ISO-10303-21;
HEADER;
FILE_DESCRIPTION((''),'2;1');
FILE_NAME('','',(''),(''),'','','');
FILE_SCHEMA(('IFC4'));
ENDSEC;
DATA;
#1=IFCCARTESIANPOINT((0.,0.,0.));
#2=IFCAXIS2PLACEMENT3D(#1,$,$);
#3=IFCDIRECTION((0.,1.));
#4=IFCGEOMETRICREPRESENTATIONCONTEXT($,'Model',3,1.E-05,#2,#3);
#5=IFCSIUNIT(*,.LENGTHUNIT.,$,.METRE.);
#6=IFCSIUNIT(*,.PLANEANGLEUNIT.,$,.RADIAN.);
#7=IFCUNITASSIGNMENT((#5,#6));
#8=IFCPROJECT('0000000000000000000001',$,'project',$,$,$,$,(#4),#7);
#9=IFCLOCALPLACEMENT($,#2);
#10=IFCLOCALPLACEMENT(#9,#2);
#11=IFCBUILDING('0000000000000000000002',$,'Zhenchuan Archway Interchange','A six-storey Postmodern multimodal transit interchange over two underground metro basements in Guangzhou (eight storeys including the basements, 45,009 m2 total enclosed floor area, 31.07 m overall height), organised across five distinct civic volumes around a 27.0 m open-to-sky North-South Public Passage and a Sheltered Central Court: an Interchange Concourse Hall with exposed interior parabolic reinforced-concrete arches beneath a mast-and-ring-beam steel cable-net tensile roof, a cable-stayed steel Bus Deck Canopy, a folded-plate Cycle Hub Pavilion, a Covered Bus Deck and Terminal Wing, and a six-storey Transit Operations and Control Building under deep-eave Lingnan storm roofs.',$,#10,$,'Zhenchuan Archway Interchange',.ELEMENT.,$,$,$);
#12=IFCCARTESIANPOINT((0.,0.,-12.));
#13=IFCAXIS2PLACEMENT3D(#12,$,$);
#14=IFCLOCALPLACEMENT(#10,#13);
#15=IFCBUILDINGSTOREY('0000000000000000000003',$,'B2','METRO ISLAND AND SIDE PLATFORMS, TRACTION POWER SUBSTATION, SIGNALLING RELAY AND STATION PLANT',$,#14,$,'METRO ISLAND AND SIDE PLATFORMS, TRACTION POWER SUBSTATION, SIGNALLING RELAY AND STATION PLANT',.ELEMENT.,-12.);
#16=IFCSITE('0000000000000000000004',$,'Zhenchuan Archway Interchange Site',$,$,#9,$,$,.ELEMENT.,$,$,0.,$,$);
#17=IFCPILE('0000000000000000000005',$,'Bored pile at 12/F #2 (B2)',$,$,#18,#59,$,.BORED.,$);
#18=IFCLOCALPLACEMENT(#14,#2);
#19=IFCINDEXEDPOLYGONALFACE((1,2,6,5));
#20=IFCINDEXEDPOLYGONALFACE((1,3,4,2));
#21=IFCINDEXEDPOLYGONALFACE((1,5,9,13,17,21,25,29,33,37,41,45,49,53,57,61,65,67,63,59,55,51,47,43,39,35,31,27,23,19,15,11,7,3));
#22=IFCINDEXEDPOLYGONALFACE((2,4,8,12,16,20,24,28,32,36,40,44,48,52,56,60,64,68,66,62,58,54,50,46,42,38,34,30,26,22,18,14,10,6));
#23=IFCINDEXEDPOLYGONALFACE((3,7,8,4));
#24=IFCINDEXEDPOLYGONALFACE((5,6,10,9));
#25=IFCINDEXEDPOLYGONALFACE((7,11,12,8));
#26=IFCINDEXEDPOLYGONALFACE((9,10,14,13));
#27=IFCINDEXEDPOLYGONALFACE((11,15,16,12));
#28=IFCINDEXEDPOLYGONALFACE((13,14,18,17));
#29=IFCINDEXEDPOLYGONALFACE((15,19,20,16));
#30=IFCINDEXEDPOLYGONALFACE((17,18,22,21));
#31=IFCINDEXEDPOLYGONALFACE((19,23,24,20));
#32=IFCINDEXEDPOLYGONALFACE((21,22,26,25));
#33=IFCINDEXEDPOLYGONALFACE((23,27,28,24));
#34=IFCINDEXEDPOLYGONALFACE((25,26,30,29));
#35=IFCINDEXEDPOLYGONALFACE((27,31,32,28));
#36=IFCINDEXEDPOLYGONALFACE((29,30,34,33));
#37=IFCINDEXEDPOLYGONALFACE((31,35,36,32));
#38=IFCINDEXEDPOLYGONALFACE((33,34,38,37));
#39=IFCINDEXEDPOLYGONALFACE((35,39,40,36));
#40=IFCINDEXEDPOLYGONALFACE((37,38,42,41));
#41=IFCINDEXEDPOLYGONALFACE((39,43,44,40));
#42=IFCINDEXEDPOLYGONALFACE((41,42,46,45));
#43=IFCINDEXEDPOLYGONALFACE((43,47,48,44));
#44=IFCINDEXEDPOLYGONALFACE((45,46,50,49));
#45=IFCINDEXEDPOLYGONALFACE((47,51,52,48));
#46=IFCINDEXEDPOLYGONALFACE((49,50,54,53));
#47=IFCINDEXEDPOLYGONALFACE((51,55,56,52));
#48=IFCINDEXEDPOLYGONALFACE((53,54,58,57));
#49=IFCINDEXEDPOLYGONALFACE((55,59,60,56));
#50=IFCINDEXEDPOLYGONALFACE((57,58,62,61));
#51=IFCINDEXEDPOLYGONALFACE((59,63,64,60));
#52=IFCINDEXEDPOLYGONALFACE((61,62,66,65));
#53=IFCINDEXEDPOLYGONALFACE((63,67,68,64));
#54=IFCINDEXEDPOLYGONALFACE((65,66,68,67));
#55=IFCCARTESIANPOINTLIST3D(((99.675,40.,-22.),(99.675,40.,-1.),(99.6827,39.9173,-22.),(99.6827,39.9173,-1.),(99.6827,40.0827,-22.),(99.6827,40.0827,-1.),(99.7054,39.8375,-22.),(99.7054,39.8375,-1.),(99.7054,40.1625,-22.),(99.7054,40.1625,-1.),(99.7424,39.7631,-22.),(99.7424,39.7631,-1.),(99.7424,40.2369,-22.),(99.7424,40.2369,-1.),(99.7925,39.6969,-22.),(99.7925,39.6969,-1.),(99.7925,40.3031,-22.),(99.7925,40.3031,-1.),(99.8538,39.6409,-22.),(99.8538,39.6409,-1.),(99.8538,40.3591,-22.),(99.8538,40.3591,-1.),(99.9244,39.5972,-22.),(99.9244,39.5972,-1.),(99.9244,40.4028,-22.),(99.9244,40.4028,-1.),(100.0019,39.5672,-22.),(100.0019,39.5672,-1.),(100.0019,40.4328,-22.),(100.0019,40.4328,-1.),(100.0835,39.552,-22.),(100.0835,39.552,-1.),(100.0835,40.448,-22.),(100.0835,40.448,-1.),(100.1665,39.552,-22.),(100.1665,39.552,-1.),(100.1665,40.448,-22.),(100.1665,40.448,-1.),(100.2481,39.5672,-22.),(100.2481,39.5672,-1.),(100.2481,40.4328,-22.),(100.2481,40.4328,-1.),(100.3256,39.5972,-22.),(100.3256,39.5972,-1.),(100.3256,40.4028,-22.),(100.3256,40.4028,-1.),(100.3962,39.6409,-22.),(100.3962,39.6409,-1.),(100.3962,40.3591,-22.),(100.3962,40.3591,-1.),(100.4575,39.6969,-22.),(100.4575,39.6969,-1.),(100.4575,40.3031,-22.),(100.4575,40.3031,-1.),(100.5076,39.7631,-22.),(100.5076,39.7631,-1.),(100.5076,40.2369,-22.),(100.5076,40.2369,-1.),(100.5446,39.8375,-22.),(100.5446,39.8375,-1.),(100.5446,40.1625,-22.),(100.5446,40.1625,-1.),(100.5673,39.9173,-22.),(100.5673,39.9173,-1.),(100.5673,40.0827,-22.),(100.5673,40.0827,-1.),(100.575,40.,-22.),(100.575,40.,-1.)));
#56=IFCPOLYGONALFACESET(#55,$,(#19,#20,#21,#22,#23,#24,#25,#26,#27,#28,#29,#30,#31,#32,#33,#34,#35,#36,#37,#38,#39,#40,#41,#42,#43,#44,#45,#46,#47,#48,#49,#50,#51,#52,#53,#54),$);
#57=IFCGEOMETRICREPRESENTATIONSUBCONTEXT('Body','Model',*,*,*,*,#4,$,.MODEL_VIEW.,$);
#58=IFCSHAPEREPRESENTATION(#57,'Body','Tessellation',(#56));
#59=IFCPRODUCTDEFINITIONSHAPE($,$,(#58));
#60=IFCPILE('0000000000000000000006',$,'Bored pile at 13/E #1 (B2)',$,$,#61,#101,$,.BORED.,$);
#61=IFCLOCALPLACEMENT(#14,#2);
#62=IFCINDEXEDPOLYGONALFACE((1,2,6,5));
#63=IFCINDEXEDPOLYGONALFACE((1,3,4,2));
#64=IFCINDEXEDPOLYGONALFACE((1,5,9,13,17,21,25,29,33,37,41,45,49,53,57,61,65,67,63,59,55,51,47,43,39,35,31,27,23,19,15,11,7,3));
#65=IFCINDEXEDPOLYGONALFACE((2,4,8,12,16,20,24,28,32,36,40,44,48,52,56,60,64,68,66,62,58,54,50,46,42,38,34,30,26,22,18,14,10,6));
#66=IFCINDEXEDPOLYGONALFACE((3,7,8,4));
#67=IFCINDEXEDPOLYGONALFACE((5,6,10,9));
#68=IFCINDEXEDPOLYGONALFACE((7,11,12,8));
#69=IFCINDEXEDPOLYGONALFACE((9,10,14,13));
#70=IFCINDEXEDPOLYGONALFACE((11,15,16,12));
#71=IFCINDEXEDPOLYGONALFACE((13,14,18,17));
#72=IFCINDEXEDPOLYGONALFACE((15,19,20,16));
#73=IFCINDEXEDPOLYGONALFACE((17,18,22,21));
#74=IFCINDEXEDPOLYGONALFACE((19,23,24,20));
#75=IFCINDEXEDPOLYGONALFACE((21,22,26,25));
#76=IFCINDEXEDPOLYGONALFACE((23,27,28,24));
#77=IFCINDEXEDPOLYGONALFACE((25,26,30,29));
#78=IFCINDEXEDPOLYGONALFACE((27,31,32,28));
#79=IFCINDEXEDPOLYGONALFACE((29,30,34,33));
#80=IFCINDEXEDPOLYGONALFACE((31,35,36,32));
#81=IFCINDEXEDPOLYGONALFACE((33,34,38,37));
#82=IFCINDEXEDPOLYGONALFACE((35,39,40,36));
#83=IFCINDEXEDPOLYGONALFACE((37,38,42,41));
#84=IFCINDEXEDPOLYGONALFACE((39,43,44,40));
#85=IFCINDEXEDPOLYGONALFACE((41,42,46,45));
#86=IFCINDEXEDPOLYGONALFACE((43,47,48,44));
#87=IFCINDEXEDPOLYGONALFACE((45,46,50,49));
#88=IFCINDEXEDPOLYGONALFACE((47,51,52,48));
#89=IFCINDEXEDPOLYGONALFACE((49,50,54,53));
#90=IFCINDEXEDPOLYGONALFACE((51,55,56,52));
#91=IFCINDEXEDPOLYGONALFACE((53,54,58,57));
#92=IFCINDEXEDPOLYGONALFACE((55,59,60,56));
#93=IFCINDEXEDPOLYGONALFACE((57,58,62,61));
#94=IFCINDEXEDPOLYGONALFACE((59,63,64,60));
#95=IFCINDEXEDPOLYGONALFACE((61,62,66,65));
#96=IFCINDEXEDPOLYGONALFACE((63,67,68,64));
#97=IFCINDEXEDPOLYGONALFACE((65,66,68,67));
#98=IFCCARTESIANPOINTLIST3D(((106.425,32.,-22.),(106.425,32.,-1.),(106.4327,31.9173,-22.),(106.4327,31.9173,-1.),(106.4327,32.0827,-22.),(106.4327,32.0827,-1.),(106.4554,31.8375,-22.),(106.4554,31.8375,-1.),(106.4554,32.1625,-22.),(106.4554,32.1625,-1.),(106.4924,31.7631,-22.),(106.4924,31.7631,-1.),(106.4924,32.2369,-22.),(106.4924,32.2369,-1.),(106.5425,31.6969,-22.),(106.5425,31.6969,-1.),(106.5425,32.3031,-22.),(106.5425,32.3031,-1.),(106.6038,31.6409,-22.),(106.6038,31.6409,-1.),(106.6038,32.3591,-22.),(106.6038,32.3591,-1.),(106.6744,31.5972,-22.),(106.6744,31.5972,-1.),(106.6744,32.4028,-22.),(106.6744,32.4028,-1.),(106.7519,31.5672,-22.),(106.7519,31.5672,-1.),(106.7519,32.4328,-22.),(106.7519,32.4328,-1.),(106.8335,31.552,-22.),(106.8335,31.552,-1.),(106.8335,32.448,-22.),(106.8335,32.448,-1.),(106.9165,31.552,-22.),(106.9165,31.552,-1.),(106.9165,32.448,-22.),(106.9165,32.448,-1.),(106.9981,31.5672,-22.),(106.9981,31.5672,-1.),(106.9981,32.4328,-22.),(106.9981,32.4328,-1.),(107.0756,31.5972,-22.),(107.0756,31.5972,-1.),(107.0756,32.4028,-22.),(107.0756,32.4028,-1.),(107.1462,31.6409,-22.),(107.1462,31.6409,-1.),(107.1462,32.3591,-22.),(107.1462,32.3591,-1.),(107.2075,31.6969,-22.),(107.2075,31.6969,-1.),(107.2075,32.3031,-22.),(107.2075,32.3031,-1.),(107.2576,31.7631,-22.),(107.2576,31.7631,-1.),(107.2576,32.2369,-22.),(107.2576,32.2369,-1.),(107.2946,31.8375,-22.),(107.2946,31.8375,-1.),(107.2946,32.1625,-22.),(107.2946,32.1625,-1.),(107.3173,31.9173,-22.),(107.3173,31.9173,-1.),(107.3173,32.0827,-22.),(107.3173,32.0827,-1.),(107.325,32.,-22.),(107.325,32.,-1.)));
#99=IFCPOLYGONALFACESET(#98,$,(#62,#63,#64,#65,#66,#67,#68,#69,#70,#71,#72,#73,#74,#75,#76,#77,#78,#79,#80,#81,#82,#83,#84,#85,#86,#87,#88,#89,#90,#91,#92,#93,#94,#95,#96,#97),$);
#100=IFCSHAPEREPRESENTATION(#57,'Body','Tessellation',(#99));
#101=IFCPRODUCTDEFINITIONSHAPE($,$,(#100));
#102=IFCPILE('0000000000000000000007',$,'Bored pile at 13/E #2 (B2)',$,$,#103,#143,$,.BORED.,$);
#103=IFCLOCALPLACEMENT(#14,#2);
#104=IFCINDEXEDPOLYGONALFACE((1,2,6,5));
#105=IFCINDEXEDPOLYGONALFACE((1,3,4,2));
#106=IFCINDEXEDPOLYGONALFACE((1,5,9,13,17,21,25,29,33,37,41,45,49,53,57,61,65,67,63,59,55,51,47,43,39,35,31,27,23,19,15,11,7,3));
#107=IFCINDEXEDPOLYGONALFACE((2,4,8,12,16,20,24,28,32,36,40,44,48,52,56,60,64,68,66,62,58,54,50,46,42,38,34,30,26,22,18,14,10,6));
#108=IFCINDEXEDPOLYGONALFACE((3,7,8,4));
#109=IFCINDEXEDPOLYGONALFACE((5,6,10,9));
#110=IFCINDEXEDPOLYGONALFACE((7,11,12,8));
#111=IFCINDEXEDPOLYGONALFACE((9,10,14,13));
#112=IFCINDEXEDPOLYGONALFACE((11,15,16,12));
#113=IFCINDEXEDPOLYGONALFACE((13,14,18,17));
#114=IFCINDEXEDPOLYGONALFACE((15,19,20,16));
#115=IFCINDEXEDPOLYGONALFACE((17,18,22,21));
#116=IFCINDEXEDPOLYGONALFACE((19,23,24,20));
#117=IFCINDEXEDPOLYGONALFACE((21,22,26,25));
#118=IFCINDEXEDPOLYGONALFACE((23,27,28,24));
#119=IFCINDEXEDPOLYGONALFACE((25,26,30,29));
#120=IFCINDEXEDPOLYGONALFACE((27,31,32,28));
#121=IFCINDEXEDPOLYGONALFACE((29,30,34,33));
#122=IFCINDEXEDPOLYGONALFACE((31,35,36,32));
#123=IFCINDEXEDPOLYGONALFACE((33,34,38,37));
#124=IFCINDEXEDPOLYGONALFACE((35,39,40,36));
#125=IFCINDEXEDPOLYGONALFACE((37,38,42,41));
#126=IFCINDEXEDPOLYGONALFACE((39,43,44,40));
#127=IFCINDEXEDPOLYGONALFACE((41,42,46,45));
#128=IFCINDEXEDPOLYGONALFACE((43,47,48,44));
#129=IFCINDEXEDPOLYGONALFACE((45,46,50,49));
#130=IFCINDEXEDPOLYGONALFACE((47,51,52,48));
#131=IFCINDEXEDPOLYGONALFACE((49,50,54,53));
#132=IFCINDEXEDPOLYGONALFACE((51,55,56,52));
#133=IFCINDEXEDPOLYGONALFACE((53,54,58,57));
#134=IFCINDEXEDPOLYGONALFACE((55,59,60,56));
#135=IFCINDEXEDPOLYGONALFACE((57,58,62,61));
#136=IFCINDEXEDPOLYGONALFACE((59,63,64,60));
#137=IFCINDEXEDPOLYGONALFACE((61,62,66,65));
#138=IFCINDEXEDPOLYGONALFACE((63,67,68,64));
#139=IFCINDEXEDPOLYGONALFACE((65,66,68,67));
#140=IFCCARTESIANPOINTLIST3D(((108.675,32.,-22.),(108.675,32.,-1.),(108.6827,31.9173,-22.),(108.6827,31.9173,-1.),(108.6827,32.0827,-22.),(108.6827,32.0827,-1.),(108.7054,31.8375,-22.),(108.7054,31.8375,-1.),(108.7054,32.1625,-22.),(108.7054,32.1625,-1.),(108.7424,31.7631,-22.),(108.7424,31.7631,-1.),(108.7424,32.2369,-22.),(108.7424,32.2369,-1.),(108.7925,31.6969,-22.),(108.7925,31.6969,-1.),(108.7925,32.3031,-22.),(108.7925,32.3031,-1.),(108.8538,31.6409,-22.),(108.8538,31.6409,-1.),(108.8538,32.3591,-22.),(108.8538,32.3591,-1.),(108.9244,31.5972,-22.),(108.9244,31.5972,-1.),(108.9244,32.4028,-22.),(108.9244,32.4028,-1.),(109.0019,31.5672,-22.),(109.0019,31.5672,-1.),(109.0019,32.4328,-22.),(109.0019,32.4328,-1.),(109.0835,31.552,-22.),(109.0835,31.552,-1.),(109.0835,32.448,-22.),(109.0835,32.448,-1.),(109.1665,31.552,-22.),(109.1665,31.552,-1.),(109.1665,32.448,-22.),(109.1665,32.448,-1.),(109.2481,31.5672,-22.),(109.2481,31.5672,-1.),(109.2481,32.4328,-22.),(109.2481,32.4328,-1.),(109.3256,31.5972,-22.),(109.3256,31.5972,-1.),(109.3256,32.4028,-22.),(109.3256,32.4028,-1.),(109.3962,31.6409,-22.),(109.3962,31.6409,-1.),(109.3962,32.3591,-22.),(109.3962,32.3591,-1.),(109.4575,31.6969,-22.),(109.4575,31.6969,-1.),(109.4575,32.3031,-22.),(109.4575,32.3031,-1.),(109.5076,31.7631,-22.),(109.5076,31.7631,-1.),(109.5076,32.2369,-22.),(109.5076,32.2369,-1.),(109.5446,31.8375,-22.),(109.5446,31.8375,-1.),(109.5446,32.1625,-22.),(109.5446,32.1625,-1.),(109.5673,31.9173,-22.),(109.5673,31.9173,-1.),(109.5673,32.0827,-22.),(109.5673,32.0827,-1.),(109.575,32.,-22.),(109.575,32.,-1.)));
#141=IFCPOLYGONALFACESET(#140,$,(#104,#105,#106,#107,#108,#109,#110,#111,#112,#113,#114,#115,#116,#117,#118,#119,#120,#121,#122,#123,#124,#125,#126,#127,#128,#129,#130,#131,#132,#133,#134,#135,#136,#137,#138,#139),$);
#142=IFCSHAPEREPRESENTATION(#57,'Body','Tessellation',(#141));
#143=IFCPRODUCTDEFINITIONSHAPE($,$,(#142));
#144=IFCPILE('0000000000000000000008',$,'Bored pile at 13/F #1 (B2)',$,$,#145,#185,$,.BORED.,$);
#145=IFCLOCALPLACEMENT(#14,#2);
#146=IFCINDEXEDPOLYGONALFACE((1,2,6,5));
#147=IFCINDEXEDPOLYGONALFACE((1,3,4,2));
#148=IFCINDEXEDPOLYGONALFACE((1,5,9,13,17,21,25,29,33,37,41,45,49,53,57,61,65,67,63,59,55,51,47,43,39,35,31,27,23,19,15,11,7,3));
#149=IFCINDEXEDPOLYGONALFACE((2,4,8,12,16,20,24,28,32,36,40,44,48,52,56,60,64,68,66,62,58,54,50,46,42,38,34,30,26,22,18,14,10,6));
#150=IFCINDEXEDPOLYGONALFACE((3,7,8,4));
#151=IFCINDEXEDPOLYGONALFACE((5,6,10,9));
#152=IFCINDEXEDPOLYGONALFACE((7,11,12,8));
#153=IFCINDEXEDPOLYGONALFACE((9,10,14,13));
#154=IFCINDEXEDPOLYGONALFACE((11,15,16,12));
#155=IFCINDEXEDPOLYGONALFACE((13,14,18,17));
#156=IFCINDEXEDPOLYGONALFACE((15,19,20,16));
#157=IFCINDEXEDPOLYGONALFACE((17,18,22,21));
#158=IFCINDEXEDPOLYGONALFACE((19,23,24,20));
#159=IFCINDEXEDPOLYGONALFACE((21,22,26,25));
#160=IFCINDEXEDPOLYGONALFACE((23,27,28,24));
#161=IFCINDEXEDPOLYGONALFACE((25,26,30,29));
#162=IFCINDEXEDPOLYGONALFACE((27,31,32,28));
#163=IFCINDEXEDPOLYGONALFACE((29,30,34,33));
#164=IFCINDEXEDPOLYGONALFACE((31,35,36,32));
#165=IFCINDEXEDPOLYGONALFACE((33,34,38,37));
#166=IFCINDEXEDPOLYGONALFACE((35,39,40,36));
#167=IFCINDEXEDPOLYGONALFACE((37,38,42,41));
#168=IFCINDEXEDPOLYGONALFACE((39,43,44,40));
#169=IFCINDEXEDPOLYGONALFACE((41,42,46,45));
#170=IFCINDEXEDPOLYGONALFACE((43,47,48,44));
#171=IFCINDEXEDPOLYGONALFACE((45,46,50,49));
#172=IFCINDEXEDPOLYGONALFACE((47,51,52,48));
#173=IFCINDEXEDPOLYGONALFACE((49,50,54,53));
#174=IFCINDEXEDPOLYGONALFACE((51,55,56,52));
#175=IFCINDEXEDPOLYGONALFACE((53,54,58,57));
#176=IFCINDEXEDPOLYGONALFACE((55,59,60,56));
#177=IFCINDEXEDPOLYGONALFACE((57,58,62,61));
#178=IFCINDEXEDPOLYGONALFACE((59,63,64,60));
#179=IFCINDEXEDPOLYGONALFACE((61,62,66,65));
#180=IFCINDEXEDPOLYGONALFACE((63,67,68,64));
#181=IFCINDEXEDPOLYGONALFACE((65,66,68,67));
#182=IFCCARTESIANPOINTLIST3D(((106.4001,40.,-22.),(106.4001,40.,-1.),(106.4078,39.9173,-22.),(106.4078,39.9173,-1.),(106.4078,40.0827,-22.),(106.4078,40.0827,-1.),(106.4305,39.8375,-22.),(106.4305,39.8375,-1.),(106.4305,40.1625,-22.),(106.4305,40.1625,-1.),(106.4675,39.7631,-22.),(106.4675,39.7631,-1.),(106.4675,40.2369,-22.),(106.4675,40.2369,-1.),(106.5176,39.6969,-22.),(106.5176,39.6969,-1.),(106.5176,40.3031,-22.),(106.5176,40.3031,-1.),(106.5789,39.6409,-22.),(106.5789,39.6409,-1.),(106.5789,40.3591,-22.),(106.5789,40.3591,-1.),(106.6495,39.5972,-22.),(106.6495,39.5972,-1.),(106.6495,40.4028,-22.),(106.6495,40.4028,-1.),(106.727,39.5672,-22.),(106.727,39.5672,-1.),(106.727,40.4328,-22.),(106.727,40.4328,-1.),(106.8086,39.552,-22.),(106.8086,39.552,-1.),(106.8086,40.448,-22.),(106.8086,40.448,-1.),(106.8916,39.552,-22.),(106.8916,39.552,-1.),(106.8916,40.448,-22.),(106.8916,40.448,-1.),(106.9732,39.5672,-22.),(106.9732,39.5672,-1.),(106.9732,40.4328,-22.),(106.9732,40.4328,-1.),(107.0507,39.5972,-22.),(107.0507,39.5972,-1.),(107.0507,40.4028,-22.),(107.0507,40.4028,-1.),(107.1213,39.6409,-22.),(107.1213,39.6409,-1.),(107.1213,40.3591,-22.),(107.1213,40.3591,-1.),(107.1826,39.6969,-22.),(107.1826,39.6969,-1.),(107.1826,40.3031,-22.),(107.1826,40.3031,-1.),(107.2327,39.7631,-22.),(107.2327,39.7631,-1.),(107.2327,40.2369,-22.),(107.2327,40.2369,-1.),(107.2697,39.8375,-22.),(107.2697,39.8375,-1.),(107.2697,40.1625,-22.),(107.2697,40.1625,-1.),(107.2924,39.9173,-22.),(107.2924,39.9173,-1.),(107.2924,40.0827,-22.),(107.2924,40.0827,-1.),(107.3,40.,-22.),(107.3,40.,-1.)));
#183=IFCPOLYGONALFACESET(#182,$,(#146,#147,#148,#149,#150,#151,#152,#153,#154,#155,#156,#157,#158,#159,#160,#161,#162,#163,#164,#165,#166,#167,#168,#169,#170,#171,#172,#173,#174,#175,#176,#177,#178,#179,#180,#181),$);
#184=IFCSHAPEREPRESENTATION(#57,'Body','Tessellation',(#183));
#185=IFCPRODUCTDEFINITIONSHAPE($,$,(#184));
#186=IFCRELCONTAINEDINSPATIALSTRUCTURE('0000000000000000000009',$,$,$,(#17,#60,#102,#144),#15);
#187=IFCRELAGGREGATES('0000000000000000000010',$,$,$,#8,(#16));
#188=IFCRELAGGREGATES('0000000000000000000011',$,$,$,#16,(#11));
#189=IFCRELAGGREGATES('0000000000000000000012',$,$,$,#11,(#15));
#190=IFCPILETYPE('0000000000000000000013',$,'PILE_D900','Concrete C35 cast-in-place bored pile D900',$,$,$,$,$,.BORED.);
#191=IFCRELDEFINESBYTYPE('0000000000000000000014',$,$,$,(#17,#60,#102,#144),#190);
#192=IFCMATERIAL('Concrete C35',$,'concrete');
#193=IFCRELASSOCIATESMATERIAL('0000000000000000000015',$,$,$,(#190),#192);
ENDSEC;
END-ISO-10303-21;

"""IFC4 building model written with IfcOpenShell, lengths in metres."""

from ifc_helpers import new_model, si_unit, direction, frame, origin, origin_2d, place, context, subcontext, project, spatial, circle, extrude, material, material_profile, profile_set, type_object, element, save


model = new_model("IFC4")

# Units and contexts
model_context = context("Model", 3, precision=1e-05, world=origin(), true_north=direction((0.0, 1.0)))
body_context = subcontext(model_context, "Body", "Model", "MODEL_VIEW")
ifc_project = project(units=[si_unit("LENGTHUNIT", "METRE"), si_unit("PLANEANGLEUNIT", "RADIAN")], contexts=[model_context])

# Site, building, storey
site_placement = place(None, origin())
site = spatial("IfcSite", under=ifc_project, at=site_placement, Name="Zhenchuan Archway Interchange Site", CompositionType="ELEMENT", RefElevation=0.0)
building_placement = place(site_placement, origin())
building = spatial("IfcBuilding", under=site, at=building_placement, Name="Zhenchuan Archway Interchange", Description="A six-storey Postmodern multimodal transit interchange over two underground metro basements in Guangzhou (eight storeys including the basements, 45,009 m2 total enclosed floor area, 31.07 m overall height), organised across five distinct civic volumes around a 27.0 m open-to-sky North-South Public Passage and a Sheltered Central Court: an Interchange Concourse Hall with exposed interior parabolic reinforced-concrete arches beneath a mast-and-ring-beam steel cable-net tensile roof, a cable-stayed steel Bus Deck Canopy, a folded-plate Cycle Hub Pavilion, a Covered Bus Deck and Terminal Wing, and a six-storey Transit Operations and Control Building under deep-eave Lingnan storm roofs.", LongName="Zhenchuan Archway Interchange", CompositionType="ELEMENT")
storey_placement = place(building_placement, frame((0.0, 0.0, -12.0)))
storey = spatial("IfcBuildingStorey", under=building, at=storey_placement, Name="B2", Description="METRO ISLAND AND SIDE PLATFORMS, TRACTION POWER SUBSTATION, SIGNALLING RELAY AND STATION PLANT", LongName="METRO ISLAND AND SIDE PLATFORMS, TRACTION POWER SUBSTATION, SIGNALLING RELAY AND STATION PLANT", CompositionType="ELEMENT", Elevation=-12.0)

# Piles
ifc_material_1 = material(Name="Concrete C35", Category="concrete")
ifc_material_profile_1 = material_profile(ifc_material_1, circle(Radius=0.45, at=origin_2d()), Name="BORED PILE 900")
ifc_profile_set_1 = profile_set([ifc_material_profile_1], Name="Concrete C35")
pile_type_1 = type_object("IfcPileType", Name="PILE_D900", Description="Concrete C35 cast-in-place bored pile D900", PredefinedType="BORED", material=ifc_profile_set_1)
for number, where, z_axis, x_axis, name in (
    (1, (100.125, 40.0, -1.0), (0.0, 0.0, -1.0), (1.0, 0.0, 0.0), "Bored pile at 12/F #2 (B2)"),
    (2, (106.875, 32.0, -1.0), (0.0, 0.0, -1.0), (1.0, 0.0, 0.0), "Bored pile at 13/E #1 (B2)"),
    (3, (109.125, 32.0, -1.0), (0.0, 0.0, -1.0), (1.0, 0.0, 0.0), "Bored pile at 13/E #2 (B2)"),
    (4, (106.8501, 40.0, -1.0), (0.0, 0.0, -1.0), (1.0, 0.0, 0.0), "Bored pile at 13/F #1 (B2)"),
):
    element("IfcPile", number, at=place(storey_placement, frame(where, z_axis=z_axis, x_axis=x_axis)), inside=storey, type_object=pile_type_1, Name=name, PredefinedType="BORED", context=body_context, shape_type="SweptSolid", body=[
        extrude(circle(Radius=0.45, at=origin_2d()), origin(), (0.0, 0.0, 1.0), 21.0),
    ])

save(model, "model.ifc")
